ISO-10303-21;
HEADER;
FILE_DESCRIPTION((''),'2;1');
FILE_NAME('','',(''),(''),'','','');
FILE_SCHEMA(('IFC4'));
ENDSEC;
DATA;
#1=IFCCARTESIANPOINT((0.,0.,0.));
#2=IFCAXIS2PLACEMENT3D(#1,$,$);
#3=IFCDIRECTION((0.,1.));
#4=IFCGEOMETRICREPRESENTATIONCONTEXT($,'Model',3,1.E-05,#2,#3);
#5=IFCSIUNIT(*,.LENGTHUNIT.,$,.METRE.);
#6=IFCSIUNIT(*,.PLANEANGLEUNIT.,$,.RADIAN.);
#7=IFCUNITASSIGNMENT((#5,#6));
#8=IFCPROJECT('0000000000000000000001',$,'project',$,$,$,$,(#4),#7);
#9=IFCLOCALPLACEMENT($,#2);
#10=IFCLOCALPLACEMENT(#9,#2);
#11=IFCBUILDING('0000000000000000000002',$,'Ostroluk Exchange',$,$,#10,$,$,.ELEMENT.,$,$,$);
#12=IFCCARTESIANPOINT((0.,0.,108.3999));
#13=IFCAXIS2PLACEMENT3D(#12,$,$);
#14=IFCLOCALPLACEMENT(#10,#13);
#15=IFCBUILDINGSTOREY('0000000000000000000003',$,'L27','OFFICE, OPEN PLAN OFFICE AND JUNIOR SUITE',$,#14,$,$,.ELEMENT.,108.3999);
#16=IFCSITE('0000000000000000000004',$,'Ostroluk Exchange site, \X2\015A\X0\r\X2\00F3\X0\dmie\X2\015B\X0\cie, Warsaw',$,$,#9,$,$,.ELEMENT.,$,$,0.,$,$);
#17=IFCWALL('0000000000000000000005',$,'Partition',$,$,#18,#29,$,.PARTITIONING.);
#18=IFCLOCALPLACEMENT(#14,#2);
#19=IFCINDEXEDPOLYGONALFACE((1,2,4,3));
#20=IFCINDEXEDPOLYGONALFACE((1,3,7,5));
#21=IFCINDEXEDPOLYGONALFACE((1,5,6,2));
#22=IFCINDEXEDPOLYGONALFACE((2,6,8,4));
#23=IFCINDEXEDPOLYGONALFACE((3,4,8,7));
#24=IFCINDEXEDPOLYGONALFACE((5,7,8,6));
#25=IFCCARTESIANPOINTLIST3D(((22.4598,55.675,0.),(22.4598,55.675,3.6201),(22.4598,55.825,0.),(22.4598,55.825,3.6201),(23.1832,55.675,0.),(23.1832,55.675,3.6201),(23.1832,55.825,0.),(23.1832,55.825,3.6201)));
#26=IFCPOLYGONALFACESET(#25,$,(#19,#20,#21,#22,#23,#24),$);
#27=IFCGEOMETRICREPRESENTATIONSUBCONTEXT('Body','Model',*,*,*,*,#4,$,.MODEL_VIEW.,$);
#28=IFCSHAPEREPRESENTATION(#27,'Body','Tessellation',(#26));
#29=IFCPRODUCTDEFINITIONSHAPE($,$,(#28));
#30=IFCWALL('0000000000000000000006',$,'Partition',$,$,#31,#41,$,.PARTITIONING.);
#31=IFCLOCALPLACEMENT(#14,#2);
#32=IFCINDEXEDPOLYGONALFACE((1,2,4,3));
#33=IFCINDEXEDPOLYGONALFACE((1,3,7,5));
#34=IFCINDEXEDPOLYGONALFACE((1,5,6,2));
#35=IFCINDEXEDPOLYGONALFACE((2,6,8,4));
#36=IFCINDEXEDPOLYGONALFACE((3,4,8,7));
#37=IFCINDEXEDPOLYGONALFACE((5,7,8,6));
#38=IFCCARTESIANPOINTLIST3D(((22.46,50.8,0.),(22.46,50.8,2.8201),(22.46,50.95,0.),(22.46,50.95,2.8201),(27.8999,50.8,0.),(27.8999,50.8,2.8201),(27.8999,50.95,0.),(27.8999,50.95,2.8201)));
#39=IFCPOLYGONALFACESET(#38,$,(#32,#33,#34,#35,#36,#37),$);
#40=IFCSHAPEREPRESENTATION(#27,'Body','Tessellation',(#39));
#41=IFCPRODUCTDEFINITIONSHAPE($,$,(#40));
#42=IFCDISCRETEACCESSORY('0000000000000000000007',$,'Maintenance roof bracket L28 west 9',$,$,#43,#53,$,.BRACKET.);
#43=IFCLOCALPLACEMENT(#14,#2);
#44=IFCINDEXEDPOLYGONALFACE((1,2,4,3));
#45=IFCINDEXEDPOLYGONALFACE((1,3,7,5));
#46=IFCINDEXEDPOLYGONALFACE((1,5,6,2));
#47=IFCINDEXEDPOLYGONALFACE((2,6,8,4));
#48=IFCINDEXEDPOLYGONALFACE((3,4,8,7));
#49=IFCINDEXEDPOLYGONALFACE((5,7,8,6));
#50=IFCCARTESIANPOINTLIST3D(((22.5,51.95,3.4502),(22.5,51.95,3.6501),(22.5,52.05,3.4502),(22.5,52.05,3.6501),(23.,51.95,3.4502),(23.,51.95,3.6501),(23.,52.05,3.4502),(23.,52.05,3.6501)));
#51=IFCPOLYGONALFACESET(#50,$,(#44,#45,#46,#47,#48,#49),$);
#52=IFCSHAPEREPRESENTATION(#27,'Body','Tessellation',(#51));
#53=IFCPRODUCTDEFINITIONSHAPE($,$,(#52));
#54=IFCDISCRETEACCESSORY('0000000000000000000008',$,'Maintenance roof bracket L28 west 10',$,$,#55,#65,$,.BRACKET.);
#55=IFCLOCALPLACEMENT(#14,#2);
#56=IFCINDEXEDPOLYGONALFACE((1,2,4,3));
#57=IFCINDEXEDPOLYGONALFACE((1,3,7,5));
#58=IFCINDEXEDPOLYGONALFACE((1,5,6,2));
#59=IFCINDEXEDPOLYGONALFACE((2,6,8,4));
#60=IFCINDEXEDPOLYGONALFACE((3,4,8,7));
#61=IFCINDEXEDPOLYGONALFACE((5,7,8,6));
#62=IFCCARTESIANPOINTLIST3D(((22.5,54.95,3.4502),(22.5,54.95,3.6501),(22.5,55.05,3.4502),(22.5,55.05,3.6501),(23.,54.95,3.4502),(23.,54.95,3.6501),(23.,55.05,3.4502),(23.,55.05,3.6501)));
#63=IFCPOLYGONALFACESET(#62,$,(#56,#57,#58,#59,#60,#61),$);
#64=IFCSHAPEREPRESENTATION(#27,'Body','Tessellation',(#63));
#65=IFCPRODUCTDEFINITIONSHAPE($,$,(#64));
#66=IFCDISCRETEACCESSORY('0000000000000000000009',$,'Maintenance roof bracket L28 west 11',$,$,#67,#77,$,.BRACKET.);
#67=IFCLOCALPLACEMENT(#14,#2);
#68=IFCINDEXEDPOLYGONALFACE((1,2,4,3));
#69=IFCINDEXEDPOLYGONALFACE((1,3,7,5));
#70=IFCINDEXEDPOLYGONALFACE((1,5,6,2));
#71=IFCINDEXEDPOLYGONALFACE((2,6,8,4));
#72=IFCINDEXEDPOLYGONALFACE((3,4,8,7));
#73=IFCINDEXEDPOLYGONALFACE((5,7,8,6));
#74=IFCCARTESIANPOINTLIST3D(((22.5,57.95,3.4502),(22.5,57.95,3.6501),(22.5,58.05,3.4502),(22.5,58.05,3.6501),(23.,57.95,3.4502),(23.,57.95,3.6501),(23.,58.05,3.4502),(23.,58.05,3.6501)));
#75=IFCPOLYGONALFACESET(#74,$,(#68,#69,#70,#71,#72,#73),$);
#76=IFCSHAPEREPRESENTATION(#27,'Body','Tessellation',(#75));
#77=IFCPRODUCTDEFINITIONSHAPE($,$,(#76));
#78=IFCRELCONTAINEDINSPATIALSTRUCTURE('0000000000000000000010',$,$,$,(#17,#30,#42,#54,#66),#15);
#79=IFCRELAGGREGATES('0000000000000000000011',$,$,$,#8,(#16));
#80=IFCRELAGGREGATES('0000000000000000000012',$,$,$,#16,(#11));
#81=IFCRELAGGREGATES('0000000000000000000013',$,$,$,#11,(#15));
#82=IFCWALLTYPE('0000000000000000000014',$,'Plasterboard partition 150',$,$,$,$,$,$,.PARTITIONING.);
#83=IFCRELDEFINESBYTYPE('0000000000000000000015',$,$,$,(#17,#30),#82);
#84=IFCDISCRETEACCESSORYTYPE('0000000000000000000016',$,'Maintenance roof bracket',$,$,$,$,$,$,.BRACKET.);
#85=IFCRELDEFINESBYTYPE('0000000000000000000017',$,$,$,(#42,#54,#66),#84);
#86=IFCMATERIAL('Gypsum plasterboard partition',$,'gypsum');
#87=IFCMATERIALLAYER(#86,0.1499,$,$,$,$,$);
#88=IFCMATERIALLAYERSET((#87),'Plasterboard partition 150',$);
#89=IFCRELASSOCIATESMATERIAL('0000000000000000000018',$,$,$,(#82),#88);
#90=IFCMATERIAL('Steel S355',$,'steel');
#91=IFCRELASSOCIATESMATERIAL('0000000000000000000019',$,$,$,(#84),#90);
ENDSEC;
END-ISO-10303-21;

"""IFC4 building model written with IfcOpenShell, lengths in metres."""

from ifc_helpers import new_model, si_unit, direction, frame, frame_2d, origin, origin_2d, place, context, subcontext, project, spatial, rectangle, extrude, material, layer, layer_set, type_object, element, save


model = new_model("IFC4")

# Units and contexts
model_context = context("Model", 3, precision=1e-05, world=origin(), true_north=direction((0.0, 1.0)))
body_context = subcontext(model_context, "Body", "Model", "MODEL_VIEW")
ifc_project = project(units=[si_unit("LENGTHUNIT", "METRE"), si_unit("PLANEANGLEUNIT", "RADIAN")], contexts=[model_context])

# Site, building, storey
site_placement = place(None, origin())
site = spatial("IfcSite", under=ifc_project, at=site_placement, Name="Ostroluk Exchange site, Śródmieście, Warsaw", CompositionType="ELEMENT", RefElevation=0.0)
building_placement = place(site_placement, origin())
building = spatial("IfcBuilding", under=site, at=building_placement, Name="Ostroluk Exchange", CompositionType="ELEMENT")
storey_placement = place(building_placement, frame((0.0, 0.0, 108.3999)))
storey = spatial("IfcBuildingStorey", under=building, at=storey_placement, Name="L27", Description="OFFICE, OPEN PLAN OFFICE AND JUNIOR SUITE", CompositionType="ELEMENT", Elevation=108.3999)

# Walls
ifc_material_1 = material(Name="Gypsum plasterboard partition", Category="gypsum")
ifc_layer_1 = layer(ifc_material_1, 0.1499)
ifc_layer_set_1 = layer_set([ifc_layer_1], Name="Plasterboard partition 150")
wall_type_1 = type_object("IfcWallType", Name="Plasterboard partition 150", PredefinedType="PARTITIONING", material=ifc_layer_set_1)
wall_1_placement = place(storey_placement, frame((23.1833, 55.75, 0.0), z_axis=(0.0, 0.0, 1.0), x_axis=(-1.0, 0.0, 0.0)))
element("IfcWall", 1, at=wall_1_placement, inside=storey, type_object=wall_type_1, Name="Partition", PredefinedType="PARTITIONING", context=body_context, shape_type="SweptSolid", body=[
    extrude(rectangle(XDim=0.7234, YDim=0.1499, at=frame_2d((0.3618, 0.0))), origin(), (0.0, 0.0, 1.0), 3.6201),
])
wall_2_placement = place(storey_placement, frame((27.8999, 50.875, 0.0), z_axis=(0.0, 0.0, 1.0), x_axis=(-1.0, 0.0, 0.0)))
element("IfcWall", 2, at=wall_2_placement, inside=storey, type_object=wall_type_1, Name="Partition", PredefinedType="PARTITIONING", context=body_context, shape_type="SweptSolid", body=[
    extrude(rectangle(XDim=5.4399, YDim=0.1499, at=frame_2d((2.72, 0.0))), origin(), (0.0, 0.0, 1.0), 2.8201),
])

# Discrete accessories
ifc_material_2 = material(Name="Steel S355", Category="steel")
discrete_accessory_type = type_object("IfcDiscreteAccessoryType", Name="Maintenance roof bracket", PredefinedType="BRACKET", material=ifc_material_2)
for number, where, z_axis, x_axis, name in (
    (3, (22.75, 52.0, 3.4502), (0.0, 0.0, 1.0), (1.0, 0.0, 0.0), "Maintenance roof bracket L28 west 9"),
    (4, (22.75, 55.0, 3.4502), (0.0, 0.0, 1.0), (1.0, 0.0, 0.0), "Maintenance roof bracket L28 west 10"),
    (5, (22.75, 58.0, 3.4502), (0.0, 0.0, 1.0), (1.0, 0.0, 0.0), "Maintenance roof bracket L28 west 11"),
):
    element("IfcDiscreteAccessory", number, at=place(storey_placement, frame(where, z_axis=z_axis, x_axis=x_axis)), inside=storey, type_object=discrete_accessory_type, Name=name, PredefinedType="BRACKET", context=body_context, shape_type="SweptSolid", body=[
        extrude(rectangle(XDim=0.5, YDim=0.1001, at=origin_2d()), origin(), (0.0, 0.0, 1.0), 0.2),
    ])

save(model, "model.ifc")
